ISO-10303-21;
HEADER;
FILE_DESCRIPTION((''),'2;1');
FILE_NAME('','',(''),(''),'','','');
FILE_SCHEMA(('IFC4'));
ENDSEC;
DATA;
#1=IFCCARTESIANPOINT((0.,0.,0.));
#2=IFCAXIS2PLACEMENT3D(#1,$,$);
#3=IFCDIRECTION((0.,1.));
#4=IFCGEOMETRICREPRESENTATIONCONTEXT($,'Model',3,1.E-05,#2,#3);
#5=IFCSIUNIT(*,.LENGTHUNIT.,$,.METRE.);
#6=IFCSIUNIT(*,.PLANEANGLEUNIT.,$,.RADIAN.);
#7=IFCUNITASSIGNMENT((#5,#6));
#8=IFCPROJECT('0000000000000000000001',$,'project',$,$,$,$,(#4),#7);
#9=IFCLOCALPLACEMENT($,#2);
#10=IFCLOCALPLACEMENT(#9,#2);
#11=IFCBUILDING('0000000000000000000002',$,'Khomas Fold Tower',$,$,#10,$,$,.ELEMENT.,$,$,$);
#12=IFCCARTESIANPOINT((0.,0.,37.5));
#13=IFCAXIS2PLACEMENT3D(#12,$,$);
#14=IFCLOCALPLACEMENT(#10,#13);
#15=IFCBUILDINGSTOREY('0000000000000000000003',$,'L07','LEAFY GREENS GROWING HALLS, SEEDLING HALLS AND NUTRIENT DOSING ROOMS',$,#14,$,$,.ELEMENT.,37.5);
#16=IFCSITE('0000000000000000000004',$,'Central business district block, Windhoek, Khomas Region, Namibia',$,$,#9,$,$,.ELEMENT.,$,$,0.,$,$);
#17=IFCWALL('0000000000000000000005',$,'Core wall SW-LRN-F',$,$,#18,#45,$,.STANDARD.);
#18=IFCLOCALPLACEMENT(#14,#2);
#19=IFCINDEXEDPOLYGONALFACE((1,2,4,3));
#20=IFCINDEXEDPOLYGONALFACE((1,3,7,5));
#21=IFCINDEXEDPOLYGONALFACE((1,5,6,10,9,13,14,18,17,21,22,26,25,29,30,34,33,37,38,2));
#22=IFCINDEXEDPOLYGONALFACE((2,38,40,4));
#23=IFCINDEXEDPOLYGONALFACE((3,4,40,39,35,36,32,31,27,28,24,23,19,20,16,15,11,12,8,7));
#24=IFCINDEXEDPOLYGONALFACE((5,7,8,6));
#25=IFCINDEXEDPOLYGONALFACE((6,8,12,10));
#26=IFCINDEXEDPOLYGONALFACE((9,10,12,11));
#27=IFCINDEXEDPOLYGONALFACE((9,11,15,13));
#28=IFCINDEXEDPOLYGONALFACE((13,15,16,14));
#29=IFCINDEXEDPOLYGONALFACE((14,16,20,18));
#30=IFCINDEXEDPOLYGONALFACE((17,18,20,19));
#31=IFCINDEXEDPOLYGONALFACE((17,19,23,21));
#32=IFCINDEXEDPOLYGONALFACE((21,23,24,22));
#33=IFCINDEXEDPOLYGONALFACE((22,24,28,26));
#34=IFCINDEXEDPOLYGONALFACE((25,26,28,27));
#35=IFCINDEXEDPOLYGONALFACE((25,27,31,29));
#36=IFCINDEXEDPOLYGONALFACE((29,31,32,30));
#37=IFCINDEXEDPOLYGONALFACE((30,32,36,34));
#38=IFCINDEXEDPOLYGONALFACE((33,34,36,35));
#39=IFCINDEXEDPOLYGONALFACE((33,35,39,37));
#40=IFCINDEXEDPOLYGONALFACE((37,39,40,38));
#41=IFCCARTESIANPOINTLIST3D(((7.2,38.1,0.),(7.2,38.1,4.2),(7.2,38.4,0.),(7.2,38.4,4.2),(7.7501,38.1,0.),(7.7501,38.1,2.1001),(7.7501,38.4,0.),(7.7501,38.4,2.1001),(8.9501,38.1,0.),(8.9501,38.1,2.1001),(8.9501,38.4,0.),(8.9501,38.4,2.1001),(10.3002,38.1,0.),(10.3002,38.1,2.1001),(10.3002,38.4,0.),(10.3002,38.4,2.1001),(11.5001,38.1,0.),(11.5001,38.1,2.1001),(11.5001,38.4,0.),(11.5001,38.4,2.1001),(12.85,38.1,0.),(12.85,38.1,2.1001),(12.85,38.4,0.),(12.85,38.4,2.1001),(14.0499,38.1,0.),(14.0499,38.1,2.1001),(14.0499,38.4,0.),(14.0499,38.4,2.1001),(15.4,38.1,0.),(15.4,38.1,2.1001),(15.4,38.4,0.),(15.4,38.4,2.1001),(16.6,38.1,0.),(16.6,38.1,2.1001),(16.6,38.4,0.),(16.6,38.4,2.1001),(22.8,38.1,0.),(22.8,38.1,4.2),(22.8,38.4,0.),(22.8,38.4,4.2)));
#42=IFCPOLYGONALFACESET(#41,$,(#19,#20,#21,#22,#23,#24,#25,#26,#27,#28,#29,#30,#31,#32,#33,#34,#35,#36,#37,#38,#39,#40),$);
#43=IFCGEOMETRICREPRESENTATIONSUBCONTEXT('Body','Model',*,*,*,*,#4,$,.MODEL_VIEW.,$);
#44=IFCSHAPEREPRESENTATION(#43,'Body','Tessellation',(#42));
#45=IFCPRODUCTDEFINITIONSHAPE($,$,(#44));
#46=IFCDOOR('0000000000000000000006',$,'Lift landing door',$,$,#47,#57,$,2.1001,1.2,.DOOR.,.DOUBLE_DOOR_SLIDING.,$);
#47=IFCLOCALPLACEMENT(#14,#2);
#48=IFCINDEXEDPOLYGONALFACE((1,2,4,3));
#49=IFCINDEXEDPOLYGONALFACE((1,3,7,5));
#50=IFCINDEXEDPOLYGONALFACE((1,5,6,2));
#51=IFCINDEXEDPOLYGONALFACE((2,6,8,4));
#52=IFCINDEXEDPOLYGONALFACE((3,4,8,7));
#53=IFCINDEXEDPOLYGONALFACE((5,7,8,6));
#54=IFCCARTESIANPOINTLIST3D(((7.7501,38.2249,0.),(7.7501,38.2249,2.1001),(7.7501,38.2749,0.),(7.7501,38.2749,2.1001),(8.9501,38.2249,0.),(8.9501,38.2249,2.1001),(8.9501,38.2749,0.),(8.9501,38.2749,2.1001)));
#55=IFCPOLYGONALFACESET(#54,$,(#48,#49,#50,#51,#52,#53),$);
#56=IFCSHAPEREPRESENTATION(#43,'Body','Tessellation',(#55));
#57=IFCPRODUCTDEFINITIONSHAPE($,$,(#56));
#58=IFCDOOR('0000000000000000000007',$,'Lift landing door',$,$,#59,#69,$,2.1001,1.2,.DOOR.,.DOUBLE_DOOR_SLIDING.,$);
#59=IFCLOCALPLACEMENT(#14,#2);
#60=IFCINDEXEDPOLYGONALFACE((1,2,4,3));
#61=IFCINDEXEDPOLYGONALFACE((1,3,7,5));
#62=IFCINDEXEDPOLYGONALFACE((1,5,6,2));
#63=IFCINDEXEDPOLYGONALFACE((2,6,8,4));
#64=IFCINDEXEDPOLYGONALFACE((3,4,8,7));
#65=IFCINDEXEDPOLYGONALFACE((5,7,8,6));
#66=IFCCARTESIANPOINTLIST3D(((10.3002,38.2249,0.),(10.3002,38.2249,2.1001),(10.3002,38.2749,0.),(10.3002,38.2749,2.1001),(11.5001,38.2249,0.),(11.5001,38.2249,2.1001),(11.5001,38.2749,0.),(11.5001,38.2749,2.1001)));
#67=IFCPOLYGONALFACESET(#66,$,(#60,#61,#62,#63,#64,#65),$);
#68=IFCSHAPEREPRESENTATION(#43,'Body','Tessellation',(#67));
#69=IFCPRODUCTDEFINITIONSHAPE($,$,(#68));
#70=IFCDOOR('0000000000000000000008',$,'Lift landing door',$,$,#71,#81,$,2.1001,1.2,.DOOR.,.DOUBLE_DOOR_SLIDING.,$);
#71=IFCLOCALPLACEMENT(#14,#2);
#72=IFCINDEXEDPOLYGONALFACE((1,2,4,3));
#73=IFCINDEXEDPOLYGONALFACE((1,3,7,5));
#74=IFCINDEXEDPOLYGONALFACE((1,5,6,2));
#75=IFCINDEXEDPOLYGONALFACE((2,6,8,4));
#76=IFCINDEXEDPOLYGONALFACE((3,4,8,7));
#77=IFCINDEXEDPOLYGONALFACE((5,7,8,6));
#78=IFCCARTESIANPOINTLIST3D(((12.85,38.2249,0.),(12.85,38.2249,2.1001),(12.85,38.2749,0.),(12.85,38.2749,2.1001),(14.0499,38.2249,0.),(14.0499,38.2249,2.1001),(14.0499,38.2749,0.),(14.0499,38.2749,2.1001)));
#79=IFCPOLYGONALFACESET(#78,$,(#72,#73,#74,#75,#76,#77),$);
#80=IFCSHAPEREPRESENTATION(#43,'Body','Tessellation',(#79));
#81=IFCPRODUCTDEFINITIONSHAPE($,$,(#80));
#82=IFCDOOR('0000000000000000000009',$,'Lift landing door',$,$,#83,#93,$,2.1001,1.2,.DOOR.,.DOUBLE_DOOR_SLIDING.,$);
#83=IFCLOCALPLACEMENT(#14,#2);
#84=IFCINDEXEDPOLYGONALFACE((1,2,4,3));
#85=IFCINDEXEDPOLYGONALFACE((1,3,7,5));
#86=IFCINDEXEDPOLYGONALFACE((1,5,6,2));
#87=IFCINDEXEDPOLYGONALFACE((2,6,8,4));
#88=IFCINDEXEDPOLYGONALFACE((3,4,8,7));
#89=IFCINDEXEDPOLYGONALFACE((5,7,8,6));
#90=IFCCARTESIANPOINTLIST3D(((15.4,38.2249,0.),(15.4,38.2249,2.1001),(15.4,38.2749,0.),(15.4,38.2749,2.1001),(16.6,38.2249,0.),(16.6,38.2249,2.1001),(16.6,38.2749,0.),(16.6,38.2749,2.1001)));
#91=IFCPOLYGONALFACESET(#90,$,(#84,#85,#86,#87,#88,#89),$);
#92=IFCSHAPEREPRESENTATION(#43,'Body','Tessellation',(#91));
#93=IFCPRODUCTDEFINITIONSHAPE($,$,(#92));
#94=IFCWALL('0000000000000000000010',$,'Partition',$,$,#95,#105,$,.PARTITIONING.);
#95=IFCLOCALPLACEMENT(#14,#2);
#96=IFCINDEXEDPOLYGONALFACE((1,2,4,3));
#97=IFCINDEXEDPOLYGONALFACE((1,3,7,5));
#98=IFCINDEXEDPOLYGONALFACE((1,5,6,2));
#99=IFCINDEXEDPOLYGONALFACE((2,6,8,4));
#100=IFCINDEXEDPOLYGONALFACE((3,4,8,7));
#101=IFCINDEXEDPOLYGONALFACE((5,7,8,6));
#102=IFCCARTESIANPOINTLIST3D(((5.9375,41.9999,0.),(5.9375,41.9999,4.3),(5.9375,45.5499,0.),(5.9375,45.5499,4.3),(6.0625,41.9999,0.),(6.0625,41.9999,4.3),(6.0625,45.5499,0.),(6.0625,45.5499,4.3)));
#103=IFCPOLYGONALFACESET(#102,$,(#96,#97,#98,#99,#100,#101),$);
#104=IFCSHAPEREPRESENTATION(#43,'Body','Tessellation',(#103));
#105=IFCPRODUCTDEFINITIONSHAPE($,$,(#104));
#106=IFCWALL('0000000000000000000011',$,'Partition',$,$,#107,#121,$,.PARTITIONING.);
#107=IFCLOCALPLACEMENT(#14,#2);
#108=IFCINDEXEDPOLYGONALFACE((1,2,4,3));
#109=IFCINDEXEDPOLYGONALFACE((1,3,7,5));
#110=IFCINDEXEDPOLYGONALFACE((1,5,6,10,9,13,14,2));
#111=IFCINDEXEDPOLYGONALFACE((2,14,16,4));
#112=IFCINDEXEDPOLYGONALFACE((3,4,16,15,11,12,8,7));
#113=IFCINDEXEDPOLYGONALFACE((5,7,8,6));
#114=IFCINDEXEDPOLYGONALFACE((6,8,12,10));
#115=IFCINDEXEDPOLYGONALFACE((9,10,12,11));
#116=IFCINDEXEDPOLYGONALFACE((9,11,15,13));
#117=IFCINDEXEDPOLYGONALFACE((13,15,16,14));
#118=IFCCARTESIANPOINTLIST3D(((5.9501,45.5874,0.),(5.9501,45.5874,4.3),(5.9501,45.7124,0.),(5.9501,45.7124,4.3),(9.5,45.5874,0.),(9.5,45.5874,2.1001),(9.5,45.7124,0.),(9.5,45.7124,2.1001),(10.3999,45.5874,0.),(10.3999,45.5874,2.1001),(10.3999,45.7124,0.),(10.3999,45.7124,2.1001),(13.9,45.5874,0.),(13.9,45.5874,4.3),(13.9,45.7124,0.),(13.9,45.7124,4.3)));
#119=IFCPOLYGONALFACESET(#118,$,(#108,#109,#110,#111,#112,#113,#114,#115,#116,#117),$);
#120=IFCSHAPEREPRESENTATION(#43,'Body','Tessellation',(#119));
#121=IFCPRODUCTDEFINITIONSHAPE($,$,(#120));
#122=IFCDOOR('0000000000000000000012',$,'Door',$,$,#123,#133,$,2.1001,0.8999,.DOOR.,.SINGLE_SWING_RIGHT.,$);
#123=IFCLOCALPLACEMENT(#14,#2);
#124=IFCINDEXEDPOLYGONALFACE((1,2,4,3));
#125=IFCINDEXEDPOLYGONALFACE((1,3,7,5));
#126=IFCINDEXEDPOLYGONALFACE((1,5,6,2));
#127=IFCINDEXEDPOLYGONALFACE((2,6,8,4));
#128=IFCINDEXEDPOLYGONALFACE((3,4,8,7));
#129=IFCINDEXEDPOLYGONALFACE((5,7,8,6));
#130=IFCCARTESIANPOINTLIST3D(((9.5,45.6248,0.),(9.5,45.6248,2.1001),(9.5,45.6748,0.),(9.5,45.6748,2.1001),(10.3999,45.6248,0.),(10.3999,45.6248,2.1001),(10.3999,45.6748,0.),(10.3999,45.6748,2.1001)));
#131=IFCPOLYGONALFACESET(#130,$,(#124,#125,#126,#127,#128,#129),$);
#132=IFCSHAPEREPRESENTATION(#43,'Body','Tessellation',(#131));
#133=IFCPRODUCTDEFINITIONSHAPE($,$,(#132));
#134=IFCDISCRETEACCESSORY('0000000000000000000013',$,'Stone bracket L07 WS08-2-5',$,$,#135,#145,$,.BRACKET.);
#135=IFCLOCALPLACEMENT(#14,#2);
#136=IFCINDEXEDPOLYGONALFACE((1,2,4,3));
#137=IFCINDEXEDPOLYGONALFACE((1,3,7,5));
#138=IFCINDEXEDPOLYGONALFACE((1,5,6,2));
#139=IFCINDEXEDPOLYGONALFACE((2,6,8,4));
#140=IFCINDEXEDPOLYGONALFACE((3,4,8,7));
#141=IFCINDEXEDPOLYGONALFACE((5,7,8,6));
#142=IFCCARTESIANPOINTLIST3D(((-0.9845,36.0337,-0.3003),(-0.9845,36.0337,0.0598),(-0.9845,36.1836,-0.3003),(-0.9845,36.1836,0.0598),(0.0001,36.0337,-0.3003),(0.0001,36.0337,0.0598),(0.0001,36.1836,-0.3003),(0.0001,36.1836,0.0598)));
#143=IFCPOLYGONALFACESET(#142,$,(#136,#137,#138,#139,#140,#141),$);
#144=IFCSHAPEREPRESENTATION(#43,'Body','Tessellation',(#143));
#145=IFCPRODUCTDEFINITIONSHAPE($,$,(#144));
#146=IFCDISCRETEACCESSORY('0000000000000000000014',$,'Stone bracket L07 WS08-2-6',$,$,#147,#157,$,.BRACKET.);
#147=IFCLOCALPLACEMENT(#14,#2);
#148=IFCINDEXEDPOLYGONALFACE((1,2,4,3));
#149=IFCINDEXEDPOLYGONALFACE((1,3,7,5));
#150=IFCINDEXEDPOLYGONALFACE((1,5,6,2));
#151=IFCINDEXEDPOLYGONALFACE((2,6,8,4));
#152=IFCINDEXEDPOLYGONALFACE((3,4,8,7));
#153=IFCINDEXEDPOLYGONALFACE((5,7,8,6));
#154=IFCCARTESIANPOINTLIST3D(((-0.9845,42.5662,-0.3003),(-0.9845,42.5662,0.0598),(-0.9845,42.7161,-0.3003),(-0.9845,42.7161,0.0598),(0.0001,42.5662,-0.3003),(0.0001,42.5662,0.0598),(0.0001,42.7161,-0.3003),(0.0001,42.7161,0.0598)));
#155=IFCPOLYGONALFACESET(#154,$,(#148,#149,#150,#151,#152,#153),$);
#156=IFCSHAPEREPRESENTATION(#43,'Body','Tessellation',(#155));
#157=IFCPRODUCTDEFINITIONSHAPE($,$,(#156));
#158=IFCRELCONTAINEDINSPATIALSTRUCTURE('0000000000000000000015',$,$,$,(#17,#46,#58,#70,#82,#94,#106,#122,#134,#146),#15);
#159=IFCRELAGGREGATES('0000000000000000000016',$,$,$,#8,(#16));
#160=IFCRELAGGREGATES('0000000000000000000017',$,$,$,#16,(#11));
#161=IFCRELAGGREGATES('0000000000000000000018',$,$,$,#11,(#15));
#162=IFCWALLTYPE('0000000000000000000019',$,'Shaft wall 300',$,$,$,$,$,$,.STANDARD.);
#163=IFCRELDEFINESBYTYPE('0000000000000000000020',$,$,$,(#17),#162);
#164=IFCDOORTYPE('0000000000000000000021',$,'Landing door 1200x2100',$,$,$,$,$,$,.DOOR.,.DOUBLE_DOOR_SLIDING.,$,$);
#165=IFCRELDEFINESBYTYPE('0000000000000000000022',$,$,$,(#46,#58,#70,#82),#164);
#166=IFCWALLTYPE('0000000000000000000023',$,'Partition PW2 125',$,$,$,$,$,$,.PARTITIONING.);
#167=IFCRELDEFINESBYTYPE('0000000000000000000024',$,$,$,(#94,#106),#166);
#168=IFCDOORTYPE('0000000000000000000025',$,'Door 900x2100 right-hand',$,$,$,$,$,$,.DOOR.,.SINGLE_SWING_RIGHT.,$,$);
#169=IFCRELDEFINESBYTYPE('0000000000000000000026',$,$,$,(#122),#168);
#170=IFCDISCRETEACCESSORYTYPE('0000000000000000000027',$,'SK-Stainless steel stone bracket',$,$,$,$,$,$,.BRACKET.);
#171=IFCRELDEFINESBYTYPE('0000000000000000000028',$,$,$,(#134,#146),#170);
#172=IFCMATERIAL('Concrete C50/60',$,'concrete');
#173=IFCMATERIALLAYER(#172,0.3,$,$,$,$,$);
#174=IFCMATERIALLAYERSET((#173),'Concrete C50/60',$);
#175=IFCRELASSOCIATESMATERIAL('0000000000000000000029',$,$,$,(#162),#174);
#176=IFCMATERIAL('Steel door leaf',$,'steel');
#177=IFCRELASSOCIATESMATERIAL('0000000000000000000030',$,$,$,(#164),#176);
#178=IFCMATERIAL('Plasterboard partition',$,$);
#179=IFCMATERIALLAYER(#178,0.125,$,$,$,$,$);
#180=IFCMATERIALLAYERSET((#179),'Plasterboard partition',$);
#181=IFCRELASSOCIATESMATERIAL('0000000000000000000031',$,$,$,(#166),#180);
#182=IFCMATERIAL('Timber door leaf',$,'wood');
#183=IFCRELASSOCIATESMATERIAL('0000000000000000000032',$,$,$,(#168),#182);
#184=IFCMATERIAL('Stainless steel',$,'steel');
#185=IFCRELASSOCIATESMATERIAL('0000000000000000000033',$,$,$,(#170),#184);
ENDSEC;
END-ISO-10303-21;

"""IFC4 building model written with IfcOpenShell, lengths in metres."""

from ifc_helpers import new_model, si_unit, direction, frame, frame_2d, origin, origin_2d, place, context, subcontext, project, spatial, rectangle, extrude, source, transform, mapped, material, layer, layer_set, type_object, element, fill, save


model = new_model("IFC4")

# Units and contexts
model_context = context("Model", 3, precision=1e-05, world=origin(), true_north=direction((0.0, 1.0)))
body_context = subcontext(model_context, "Body", "Model", "MODEL_VIEW")
ifc_project = project(units=[si_unit("LENGTHUNIT", "METRE"), si_unit("PLANEANGLEUNIT", "RADIAN")], contexts=[model_context])

# Site, building, storey
site_placement = place(None, origin())
site = spatial("IfcSite", under=ifc_project, at=site_placement, Name="Central business district block, Windhoek, Khomas Region, Namibia", CompositionType="ELEMENT", RefElevation=0.0)
building_placement = place(site_placement, origin())
building = spatial("IfcBuilding", under=site, at=building_placement, Name="Khomas Fold Tower", CompositionType="ELEMENT")
storey_placement = place(building_placement, frame((0.0, 0.0, 37.5)))
storey = spatial("IfcBuildingStorey", under=building, at=storey_placement, Name="L07", Description="LEAFY GREENS GROWING HALLS, SEEDLING HALLS AND NUTRIENT DOSING ROOMS", CompositionType="ELEMENT", Elevation=37.5)

# Wall, openings, doors
ifc_material_1 = material(Name="Concrete C50/60", Category="concrete")
ifc_layer_1 = layer(ifc_material_1, 0.3)
ifc_layer_set_1 = layer_set([ifc_layer_1], Name="Concrete C50/60")
wall_type_1 = type_object("IfcWallType", Name="Shaft wall 300", PredefinedType="STANDARD", material=ifc_layer_set_1)
shared_shape_1 = source(origin(), body_context, "Body", "SweptSolid", [
    extrude(rectangle(XDim=15.6001, YDim=0.3, at=frame_2d((7.8, 0.0))), origin(), (0.0, 0.0, 1.0), 4.2),
])
wall_1_placement = place(storey_placement, frame((7.2, 38.25, 0.0), z_axis=(0.0, 0.0, 1.0), x_axis=(1.0, 0.0, 0.0)))
wall_1 = element("IfcWall", 1, at=wall_1_placement, inside=storey, type_object=wall_type_1, Name="Core wall SW-LRN-F", PredefinedType="STANDARD", context=body_context, shape_type="MappedRepresentation", body=[
    mapped(shared_shape_1, transform((0.0, 0.0, 0.0))),
])
shared_shape_2 = source(origin(), body_context, "Body", "SweptSolid", [
    extrude(rectangle(XDim=1.2, YDim=2.1001, at=frame_2d((0.6001, 1.05))), frame((0.0, 0.1599, 0.0), z_axis=(0.0, -1.0, 0.0), x_axis=(1.0, 0.0, 0.0)), (0.0, 0.0, 1.0), 0.3201),
])
opening_1_placement = place(wall_1_placement, frame((0.55, 0.0, 0.0)))
opening_1 = element("IfcOpeningElement", 2, at=opening_1_placement, cuts=wall_1, PredefinedType="OPENING", context=body_context, shape_type="MappedRepresentation", body=[
    mapped(shared_shape_2, transform((0.0, 0.0, 0.0))),
])
opening_2_placement = place(wall_1_placement, frame((3.1001, 0.0, 0.0)))
opening_2 = element("IfcOpeningElement", 3, at=opening_2_placement, cuts=wall_1, PredefinedType="OPENING", context=body_context, shape_type="MappedRepresentation", body=[
    mapped(shared_shape_2, transform((0.0, 0.0, 0.0))),
])
opening_3_placement = place(wall_1_placement, frame((5.6499, 0.0, 0.0)))
opening_3 = element("IfcOpeningElement", 4, at=opening_3_placement, cuts=wall_1, PredefinedType="OPENING", context=body_context, shape_type="MappedRepresentation", body=[
    mapped(shared_shape_2, transform((0.0, 0.0, 0.0))),
])
opening_4_placement = place(wall_1_placement, frame((8.2, 0.0, 0.0)))
opening_4 = element("IfcOpeningElement", 5, at=opening_4_placement, cuts=wall_1, PredefinedType="OPENING", context=body_context, shape_type="MappedRepresentation", body=[
    mapped(shared_shape_2, transform((0.0, 0.0, 0.0))),
])
ifc_material_2 = material(Name="Steel door leaf", Category="steel")
door_type_1 = type_object("IfcDoorType", Name="Landing door 1200x2100", OperationType="DOUBLE_DOOR_SLIDING", PredefinedType="DOOR", material=ifc_material_2)
shared_shape_3 = source(origin(), body_context, "Body", "SweptSolid", [
    extrude(rectangle(XDim=1.2, YDim=2.1001, at=frame_2d((0.6001, 1.05))), frame((0.0, 0.0249, 0.0), z_axis=(0.0, -1.0, 0.0), x_axis=(1.0, 0.0, 0.0)), (0.0, 0.0, 1.0), 0.05),
])
door_1_placement = place(opening_1_placement, origin())
door_1 = element("IfcDoor", 6, at=door_1_placement, inside=storey, type_object=door_type_1, Name="Lift landing door", OperationType="DOUBLE_DOOR_SLIDING", OverallHeight=2.1001, OverallWidth=1.2, PredefinedType="DOOR", context=body_context, shape_type="MappedRepresentation", body=[
    mapped(shared_shape_3, transform((0.0, 0.0, 0.0))),
])
fill(opening_1, door_1)
door_2_placement = place(opening_2_placement, origin())
door_2 = element("IfcDoor", 7, at=door_2_placement, inside=storey, type_object=door_type_1, Name="Lift landing door", OperationType="DOUBLE_DOOR_SLIDING", OverallHeight=2.1001, OverallWidth=1.2, PredefinedType="DOOR", context=body_context, shape_type="MappedRepresentation", body=[
    mapped(shared_shape_3, transform((0.0, 0.0, 0.0))),
])
fill(opening_2, door_2)
door_3_placement = place(opening_3_placement, origin())
door_3 = element("IfcDoor", 8, at=door_3_placement, inside=storey, type_object=door_type_1, Name="Lift landing door", OperationType="DOUBLE_DOOR_SLIDING", OverallHeight=2.1001, OverallWidth=1.2, PredefinedType="DOOR", context=body_context, shape_type="MappedRepresentation", body=[
    mapped(shared_shape_3, transform((0.0, 0.0, 0.0))),
])
fill(opening_3, door_3)
door_4_placement = place(opening_4_placement, origin())
door_4 = element("IfcDoor", 9, at=door_4_placement, inside=storey, type_object=door_type_1, Name="Lift landing door", OperationType="DOUBLE_DOOR_SLIDING", OverallHeight=2.1001, OverallWidth=1.2, PredefinedType="DOOR", context=body_context, shape_type="MappedRepresentation", body=[
    mapped(shared_shape_3, transform((0.0, 0.0, 0.0))),
])
fill(opening_4, door_4)

# Wall
ifc_material_3 = material(Name="Plasterboard partition")
ifc_layer_2 = layer(ifc_material_3, 0.125)
ifc_layer_set_2 = layer_set([ifc_layer_2], Name="Plasterboard partition")
wall_type_2 = type_object("IfcWallType", Name="Partition PW2 125", PredefinedType="PARTITIONING", material=ifc_layer_set_2)
shared_shape_4 = source(origin(), body_context, "Body", "SweptSolid", [
    extrude(rectangle(XDim=3.55, YDim=0.125, at=frame_2d((1.7749, 0.0))), origin(), (0.0, 0.0, 1.0), 4.3),
])
wall_2_placement = place(storey_placement, frame((6.0, 42.0, 0.0), z_axis=(0.0, 0.0, 1.0), x_axis=(0.0, 1.0, 0.0)))
element("IfcWall", 10, at=wall_2_placement, inside=storey, type_object=wall_type_2, Name="Partition", PredefinedType="PARTITIONING", context=body_context, shape_type="MappedRepresentation", body=[
    mapped(shared_shape_4, transform((0.0, 0.0, 0.0))),
])

# Wall, opening, door
shared_shape_5 = source(origin(), body_context, "Body", "SweptSolid", [
    extrude(rectangle(XDim=7.95, YDim=0.125, at=frame_2d((3.9751, 0.0))), origin(), (0.0, 0.0, 1.0), 4.3),
])
wall_3_placement = place(storey_placement, frame((5.95, 45.6499, 0.0), z_axis=(0.0, 0.0, 1.0), x_axis=(1.0, 0.0, 0.0)))
wall_3 = element("IfcWall", 11, at=wall_3_placement, inside=storey, type_object=wall_type_2, Name="Partition", PredefinedType="PARTITIONING", context=body_context, shape_type="MappedRepresentation", body=[
    mapped(shared_shape_5, transform((0.0, 0.0, 0.0))),
])
shared_shape_6 = source(origin(), body_context, "Body", "SweptSolid", [
    extrude(rectangle(XDim=0.8999, YDim=2.1001, at=frame_2d((0.45, 1.05))), frame((0.0, 0.0725, 0.0), z_axis=(0.0, -1.0, 0.0), x_axis=(1.0, 0.0, 0.0)), (0.0, 0.0, 1.0), 0.145),
])
opening_5_placement = place(wall_3_placement, frame((3.55, 0.0, 0.0)))
opening_5 = element("IfcOpeningElement", 12, at=opening_5_placement, cuts=wall_3, PredefinedType="OPENING", context=body_context, shape_type="MappedRepresentation", body=[
    mapped(shared_shape_6, transform((0.0, 0.0, 0.0))),
])
ifc_material_4 = material(Name="Timber door leaf", Category="wood")
door_type_2 = type_object("IfcDoorType", Name="Door 900x2100 right-hand", OperationType="SINGLE_SWING_RIGHT", PredefinedType="DOOR", material=ifc_material_4)
shared_shape_7 = source(origin(), body_context, "Body", "SweptSolid", [
    extrude(rectangle(XDim=0.8999, YDim=2.1001, at=frame_2d((0.45, 1.05))), frame((0.0, 0.0249, 0.0), z_axis=(0.0, -1.0, 0.0), x_axis=(1.0, 0.0, 0.0)), (0.0, 0.0, 1.0), 0.05),
])
door_5_placement = place(opening_5_placement, origin())
door_5 = element("IfcDoor", 13, at=door_5_placement, inside=storey, type_object=door_type_2, Name="Door", OperationType="SINGLE_SWING_RIGHT", OverallHeight=2.1001, OverallWidth=0.8999, PredefinedType="DOOR", context=body_context, shape_type="MappedRepresentation", body=[
    mapped(shared_shape_7, transform((0.0, 0.0, 0.0))),
])
fill(opening_5, door_5)

# Discrete accessories
ifc_material_5 = material(Name="Stainless steel", Category="steel")
discrete_accessory_type = type_object("IfcDiscreteAccessoryType", Name="SK-Stainless steel stone bracket", PredefinedType="BRACKET", material=ifc_material_5)
shared_shape_8 = source(origin(), body_context, "Body", "SweptSolid", [
    extrude(rectangle(XDim=0.9846, YDim=0.1499, at=origin_2d()), origin(), (0.0, 0.0, 1.0), 0.3601),
])
for number, where, z_axis, x_axis, name in (
    (14, (-0.4922, 36.1086, -0.3003), (0.0, 0.0, 1.0), (-1.0, 0.0, 0.0), "Stone bracket L07 WS08-2-5"),
    (15, (-0.4922, 42.6411, -0.3003), (0.0, 0.0, 1.0), (-1.0, 0.0, 0.0), "Stone bracket L07 WS08-2-6"),
):
    element("IfcDiscreteAccessory", number, at=place(storey_placement, frame(where, z_axis=z_axis, x_axis=x_axis)), inside=storey, type_object=discrete_accessory_type, Name=name, PredefinedType="BRACKET", context=body_context, shape_type="MappedRepresentation", body=[
        mapped(shared_shape_8, transform((0.0, 0.0, 0.0))),
    ])

save(model, "model.ifc")
